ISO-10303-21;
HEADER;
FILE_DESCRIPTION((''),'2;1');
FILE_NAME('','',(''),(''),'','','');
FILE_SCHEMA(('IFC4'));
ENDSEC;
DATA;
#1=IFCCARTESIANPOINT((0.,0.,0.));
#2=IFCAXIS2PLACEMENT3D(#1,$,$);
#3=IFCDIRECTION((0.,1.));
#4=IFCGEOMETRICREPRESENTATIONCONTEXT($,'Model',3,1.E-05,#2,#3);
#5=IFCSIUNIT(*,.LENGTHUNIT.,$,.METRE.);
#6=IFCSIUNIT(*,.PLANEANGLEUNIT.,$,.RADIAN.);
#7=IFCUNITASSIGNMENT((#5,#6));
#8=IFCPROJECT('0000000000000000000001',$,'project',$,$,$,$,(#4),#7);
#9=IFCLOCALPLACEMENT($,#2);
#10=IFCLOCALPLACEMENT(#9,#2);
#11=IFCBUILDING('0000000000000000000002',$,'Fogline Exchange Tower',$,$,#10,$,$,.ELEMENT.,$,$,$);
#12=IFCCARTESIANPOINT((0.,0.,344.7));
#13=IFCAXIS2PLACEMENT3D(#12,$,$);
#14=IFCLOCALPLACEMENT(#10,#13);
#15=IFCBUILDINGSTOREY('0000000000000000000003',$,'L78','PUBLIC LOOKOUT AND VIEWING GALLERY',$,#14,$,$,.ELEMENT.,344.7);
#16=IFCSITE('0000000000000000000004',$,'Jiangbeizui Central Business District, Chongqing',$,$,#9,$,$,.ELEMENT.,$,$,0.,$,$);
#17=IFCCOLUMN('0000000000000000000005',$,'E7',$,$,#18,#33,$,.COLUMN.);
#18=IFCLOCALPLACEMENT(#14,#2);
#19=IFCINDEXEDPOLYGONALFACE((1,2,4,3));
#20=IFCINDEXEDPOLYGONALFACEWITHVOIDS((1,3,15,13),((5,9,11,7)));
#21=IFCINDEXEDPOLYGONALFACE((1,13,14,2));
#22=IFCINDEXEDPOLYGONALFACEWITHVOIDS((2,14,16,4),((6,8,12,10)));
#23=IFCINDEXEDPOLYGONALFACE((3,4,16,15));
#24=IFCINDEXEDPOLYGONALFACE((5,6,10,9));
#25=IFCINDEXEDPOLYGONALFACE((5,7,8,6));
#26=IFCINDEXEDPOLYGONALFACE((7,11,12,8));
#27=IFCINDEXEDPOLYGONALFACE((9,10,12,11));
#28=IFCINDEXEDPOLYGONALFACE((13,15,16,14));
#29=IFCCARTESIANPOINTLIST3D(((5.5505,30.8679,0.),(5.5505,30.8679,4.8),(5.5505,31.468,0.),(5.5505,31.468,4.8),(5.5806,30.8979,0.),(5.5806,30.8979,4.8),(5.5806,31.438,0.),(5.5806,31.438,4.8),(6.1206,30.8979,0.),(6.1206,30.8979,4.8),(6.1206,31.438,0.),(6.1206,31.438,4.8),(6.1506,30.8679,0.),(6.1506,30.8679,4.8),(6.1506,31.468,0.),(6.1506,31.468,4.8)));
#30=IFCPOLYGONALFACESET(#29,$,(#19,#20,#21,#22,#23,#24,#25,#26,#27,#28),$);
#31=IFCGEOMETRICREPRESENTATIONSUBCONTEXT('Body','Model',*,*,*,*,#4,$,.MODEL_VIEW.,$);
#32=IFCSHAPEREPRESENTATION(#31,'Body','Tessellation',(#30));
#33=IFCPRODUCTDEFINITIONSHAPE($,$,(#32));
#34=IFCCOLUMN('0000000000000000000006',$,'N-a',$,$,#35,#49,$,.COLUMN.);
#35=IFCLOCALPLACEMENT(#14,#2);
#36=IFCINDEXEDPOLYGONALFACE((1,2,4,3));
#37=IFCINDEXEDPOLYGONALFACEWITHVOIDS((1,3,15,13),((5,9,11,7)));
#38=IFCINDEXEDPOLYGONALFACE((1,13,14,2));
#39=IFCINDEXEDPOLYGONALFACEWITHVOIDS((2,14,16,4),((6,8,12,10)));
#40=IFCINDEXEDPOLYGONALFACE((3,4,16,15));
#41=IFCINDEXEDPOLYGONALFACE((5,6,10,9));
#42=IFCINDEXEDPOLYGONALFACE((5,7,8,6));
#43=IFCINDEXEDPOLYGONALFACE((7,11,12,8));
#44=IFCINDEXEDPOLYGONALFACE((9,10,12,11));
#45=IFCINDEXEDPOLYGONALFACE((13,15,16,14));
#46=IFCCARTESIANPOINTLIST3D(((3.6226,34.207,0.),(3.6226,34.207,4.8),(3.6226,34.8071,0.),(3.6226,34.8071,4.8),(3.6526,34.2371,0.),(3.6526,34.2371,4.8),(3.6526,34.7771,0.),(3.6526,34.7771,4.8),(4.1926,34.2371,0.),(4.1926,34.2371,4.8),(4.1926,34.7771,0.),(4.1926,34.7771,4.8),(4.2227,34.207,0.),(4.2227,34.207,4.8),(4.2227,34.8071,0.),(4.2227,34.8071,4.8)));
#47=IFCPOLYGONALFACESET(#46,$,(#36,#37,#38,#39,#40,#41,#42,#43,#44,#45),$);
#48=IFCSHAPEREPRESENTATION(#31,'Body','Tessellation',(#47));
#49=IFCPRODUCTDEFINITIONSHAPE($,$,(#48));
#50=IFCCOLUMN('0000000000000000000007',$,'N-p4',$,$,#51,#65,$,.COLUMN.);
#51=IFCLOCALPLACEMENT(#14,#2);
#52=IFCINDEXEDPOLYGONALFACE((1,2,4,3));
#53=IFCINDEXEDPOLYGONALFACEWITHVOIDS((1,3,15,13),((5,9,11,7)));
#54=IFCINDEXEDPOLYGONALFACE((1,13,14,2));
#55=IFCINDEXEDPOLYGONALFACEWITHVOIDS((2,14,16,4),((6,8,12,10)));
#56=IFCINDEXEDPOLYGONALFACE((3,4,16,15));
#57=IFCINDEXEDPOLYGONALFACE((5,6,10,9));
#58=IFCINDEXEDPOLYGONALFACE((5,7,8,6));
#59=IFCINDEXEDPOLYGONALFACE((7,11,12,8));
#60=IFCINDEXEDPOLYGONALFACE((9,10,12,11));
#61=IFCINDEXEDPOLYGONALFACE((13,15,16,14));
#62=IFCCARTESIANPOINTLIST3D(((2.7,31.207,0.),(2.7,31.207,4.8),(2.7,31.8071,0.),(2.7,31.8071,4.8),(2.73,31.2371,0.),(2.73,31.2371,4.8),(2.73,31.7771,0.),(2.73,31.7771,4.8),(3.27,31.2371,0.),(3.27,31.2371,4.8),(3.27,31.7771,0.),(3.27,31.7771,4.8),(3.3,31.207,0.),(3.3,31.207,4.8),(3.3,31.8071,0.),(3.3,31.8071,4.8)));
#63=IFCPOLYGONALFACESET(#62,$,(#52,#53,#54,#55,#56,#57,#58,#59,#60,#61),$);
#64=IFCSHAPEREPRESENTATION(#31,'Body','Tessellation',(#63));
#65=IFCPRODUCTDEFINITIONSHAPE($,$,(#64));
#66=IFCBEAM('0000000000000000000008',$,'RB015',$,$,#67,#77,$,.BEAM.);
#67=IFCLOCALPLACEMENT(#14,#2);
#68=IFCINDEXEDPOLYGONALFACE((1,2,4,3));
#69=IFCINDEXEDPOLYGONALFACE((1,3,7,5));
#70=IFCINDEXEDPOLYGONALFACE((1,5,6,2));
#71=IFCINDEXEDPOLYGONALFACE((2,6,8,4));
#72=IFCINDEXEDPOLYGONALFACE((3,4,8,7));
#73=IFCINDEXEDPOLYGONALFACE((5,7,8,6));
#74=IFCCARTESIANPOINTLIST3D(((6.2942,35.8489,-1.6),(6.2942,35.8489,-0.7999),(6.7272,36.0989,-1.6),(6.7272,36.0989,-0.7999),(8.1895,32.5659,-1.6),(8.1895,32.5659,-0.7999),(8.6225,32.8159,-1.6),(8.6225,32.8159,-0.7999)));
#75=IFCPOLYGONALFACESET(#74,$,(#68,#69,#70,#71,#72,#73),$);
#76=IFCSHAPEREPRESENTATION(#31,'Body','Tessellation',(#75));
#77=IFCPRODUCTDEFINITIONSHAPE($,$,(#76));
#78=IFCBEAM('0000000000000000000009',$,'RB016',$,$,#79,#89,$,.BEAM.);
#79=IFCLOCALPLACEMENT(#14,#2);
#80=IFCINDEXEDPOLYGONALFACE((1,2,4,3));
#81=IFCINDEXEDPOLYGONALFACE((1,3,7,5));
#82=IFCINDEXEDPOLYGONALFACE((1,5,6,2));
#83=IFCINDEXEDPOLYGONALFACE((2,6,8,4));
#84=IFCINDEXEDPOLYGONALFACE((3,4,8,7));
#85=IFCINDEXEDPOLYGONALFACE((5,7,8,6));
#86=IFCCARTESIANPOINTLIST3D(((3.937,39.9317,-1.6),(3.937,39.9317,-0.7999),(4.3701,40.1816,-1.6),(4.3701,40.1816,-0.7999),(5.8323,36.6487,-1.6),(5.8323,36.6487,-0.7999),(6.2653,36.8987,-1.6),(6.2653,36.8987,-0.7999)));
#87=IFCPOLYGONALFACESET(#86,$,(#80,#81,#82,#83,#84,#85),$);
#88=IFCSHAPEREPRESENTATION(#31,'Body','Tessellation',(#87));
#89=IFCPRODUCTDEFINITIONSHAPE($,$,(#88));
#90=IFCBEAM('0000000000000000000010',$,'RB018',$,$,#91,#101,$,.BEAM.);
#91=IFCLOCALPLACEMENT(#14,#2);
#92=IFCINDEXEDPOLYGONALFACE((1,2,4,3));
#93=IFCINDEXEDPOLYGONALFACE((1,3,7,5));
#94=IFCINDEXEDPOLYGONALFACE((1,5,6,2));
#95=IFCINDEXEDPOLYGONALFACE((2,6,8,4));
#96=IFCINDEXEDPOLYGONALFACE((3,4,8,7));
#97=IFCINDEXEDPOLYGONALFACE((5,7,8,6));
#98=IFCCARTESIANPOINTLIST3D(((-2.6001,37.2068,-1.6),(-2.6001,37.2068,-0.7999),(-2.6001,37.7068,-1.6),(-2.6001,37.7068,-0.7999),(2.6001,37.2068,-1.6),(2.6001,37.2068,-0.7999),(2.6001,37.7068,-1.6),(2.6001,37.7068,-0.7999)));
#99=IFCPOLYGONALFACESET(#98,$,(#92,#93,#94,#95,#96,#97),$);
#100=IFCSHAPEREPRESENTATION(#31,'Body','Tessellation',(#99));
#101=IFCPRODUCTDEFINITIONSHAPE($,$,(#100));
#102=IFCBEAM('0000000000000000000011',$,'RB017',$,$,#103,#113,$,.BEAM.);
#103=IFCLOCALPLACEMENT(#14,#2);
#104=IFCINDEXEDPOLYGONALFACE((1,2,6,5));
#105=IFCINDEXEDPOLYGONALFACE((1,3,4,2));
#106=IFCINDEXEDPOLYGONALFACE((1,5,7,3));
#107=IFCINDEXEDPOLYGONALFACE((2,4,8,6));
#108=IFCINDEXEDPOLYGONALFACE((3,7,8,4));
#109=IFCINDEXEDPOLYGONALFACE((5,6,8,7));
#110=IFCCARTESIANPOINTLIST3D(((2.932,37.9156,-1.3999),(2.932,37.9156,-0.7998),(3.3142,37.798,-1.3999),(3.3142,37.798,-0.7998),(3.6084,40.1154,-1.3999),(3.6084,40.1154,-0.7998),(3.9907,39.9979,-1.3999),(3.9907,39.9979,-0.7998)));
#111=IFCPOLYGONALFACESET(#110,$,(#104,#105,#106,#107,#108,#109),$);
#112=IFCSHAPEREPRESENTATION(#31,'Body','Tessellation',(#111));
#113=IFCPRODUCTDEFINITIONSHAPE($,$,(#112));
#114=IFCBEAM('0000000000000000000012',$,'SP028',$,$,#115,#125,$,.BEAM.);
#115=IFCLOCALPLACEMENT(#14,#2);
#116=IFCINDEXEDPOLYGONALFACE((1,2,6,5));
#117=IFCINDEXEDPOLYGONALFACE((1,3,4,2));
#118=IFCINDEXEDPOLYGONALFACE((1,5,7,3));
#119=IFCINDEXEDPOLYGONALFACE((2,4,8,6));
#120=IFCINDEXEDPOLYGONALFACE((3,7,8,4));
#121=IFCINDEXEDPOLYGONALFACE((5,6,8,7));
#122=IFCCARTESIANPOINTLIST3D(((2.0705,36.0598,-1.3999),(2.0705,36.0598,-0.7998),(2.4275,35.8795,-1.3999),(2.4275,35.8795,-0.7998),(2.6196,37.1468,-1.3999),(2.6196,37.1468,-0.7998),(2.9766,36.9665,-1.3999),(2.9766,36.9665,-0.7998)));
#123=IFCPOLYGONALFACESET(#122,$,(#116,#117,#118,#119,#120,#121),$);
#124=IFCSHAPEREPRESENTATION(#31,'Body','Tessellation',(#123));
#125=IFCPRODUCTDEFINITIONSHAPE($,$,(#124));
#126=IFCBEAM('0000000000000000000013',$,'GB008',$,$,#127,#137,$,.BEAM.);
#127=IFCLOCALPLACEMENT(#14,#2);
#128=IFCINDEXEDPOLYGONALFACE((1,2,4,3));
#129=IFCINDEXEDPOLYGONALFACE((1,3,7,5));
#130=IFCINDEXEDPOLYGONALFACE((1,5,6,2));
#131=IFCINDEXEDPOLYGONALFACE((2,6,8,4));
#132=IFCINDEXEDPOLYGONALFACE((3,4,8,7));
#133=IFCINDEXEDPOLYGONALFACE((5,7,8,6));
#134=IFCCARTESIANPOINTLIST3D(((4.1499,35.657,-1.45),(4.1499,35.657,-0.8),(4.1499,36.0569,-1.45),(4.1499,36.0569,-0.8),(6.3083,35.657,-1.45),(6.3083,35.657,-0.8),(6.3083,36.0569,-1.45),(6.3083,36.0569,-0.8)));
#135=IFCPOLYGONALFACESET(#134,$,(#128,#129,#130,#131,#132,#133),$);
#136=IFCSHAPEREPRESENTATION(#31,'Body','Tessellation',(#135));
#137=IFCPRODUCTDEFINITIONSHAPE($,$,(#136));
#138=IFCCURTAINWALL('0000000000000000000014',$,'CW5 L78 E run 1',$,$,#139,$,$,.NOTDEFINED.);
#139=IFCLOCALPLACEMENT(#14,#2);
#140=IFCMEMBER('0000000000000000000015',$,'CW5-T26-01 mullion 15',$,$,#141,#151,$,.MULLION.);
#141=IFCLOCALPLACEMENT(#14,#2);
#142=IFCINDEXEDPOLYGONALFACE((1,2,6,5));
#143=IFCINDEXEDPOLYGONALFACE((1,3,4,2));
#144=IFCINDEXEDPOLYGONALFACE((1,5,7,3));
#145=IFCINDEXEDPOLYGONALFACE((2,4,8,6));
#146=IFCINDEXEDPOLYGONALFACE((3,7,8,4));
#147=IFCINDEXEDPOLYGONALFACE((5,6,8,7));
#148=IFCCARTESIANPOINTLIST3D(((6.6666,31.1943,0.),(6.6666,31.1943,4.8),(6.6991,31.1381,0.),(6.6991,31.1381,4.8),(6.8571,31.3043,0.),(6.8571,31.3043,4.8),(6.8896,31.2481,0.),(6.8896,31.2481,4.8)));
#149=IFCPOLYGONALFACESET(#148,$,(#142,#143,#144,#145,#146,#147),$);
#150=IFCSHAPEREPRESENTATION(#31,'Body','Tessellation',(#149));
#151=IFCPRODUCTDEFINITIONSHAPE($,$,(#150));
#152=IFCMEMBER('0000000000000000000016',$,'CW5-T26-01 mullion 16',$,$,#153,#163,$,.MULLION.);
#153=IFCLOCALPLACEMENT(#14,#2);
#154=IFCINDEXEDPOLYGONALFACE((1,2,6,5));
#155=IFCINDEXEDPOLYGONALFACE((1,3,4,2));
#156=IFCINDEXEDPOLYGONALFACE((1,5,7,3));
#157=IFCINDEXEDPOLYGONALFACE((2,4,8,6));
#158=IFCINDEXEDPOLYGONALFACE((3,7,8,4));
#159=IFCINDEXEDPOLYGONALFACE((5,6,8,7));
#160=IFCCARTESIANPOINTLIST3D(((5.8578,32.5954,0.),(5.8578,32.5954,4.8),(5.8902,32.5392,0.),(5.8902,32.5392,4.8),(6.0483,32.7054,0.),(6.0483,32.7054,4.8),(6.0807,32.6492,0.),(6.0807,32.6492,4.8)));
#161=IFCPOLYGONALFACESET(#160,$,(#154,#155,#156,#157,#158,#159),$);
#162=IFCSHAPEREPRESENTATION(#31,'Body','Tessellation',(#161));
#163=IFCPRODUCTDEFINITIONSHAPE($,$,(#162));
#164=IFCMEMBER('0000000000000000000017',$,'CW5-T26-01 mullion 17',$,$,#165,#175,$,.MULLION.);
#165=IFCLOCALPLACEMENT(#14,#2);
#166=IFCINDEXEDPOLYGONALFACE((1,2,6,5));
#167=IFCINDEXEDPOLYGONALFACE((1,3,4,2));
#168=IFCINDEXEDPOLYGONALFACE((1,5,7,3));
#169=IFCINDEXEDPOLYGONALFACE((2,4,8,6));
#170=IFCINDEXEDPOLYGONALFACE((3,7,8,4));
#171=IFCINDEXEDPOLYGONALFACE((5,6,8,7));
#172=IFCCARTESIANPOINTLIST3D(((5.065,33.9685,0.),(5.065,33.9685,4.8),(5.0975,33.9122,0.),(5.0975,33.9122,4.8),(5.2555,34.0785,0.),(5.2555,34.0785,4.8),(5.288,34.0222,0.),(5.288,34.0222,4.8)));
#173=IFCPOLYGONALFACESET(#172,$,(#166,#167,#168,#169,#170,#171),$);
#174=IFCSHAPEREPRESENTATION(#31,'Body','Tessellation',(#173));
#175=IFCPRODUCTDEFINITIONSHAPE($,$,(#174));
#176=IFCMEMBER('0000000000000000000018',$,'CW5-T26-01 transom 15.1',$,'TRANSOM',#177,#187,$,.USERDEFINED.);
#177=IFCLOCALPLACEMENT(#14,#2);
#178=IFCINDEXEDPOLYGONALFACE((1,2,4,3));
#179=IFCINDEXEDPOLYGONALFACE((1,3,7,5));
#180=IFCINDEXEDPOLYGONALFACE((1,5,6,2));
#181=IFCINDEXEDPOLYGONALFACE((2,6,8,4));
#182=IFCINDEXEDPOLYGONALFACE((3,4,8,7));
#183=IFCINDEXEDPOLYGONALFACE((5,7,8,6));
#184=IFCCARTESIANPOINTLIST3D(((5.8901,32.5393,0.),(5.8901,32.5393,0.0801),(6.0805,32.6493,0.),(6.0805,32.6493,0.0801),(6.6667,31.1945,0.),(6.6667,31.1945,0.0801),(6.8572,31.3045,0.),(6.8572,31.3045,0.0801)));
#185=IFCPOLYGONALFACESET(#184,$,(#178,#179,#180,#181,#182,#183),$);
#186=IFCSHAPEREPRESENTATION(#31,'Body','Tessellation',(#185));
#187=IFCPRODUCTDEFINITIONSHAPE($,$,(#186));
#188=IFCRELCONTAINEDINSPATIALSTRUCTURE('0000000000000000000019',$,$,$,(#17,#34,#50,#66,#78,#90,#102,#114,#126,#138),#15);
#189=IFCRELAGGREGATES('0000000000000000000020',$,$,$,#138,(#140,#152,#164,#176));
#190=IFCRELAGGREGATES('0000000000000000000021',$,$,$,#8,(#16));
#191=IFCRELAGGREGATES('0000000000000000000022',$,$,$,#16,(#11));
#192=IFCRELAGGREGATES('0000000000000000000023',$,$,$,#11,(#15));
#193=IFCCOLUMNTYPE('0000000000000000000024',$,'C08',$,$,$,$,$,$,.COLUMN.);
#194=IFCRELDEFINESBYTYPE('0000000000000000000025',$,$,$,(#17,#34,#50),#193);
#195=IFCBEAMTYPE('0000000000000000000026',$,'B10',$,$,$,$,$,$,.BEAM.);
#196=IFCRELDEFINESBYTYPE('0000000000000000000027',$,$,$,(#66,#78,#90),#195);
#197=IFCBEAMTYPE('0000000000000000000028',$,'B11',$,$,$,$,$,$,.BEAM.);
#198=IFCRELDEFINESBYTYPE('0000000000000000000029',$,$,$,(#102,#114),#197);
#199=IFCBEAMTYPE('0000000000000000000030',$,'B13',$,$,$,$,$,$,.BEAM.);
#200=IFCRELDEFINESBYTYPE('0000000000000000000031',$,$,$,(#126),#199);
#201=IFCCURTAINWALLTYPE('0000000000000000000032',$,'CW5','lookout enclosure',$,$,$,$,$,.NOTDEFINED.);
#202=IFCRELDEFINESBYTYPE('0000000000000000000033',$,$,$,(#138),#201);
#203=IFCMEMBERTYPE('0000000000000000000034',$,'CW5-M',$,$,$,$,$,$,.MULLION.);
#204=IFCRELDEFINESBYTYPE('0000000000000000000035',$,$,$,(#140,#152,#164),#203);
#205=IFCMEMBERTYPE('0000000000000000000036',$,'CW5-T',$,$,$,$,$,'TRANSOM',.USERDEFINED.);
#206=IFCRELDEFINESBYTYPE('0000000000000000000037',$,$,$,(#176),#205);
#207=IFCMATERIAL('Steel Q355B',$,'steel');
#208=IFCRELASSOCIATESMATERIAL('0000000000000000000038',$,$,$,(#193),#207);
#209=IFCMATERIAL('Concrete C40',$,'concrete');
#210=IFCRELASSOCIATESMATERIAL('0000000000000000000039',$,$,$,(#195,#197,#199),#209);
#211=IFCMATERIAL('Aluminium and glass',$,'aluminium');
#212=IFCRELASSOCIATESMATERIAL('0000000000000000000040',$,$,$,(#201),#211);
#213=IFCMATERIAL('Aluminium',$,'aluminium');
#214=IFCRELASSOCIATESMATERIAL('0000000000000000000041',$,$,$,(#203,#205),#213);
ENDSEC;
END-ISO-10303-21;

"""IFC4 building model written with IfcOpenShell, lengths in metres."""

from ifc_helpers import new_model, si_unit, direction, frame, origin, origin_2d, place, context, subcontext, project, spatial, rectangle, hollow_rectangle, extrude, material, material_profile, profile_set, type_object, element, aggregate, save


model = new_model("IFC4")

# Units and contexts
model_context = context("Model", 3, precision=1e-05, world=origin(), true_north=direction((0.0, 1.0)))
body_context = subcontext(model_context, "Body", "Model", "MODEL_VIEW")
ifc_project = project(units=[si_unit("LENGTHUNIT", "METRE"), si_unit("PLANEANGLEUNIT", "RADIAN")], contexts=[model_context])

# Site, building, storey
site_placement = place(None, origin())
site = spatial("IfcSite", under=ifc_project, at=site_placement, Name="Jiangbeizui Central Business District, Chongqing", CompositionType="ELEMENT", RefElevation=0.0)
building_placement = place(site_placement, origin())
building = spatial("IfcBuilding", under=site, at=building_placement, Name="Fogline Exchange Tower", CompositionType="ELEMENT")
storey_placement = place(building_placement, frame((0.0, 0.0, 344.7)))
storey = spatial("IfcBuildingStorey", under=building, at=storey_placement, Name="L78", Description="PUBLIC LOOKOUT AND VIEWING GALLERY", CompositionType="ELEMENT", Elevation=344.7)

# Columns
ifc_material_1 = material(Name="Steel Q355B", Category="steel")
ifc_material_profile_1 = material_profile(ifc_material_1, hollow_rectangle(XDim=0.6001, YDim=0.6001, WallThickness=0.03, at=origin_2d()), Name="BOX600X600X30")
ifc_profile_set_1 = profile_set([ifc_material_profile_1], Name="Steel Q355B")
column_type = type_object("IfcColumnType", Name="C08", PredefinedType="COLUMN", material=ifc_profile_set_1)
for number, where, z_axis, x_axis, name in (
    (1, (5.8506, 31.168, 0.0), (0.0, 0.0, 1.0), (1.0, 0.0, 0.0), "E7"),
    (2, (3.9226, 34.5071, 0.0), (0.0, 0.0, 1.0), (1.0, 0.0, 0.0), "N-a"),
    (3, (3.0, 31.5071, 0.0), (0.0, 0.0, 1.0), (1.0, 0.0, 0.0), "N-p4"),
):
    element("IfcColumn", number, at=place(storey_placement, frame(where, z_axis=z_axis, x_axis=x_axis)), inside=storey, type_object=column_type, Name=name, PredefinedType="COLUMN", context=body_context, shape_type="SweptSolid", body=[
        extrude(hollow_rectangle(XDim=0.6001, YDim=0.6001, WallThickness=0.03, at=origin_2d()), origin(), (0.0, 0.0, 1.0), 4.8),
    ])

# Beams
ifc_material_2 = material(Name="Concrete C40", Category="concrete")
ifc_material_profile_2 = material_profile(ifc_material_2, rectangle(XDim=0.5, YDim=0.8, at=origin_2d()), Name="RC 500x800")
ifc_profile_set_2 = profile_set([ifc_material_profile_2], Name="Concrete C40")
beam_type_1 = type_object("IfcBeamType", Name="B10", PredefinedType="BEAM", material=ifc_profile_set_2)
for number, where, z_axis, x_axis, name in (
    (4, (8.406, 32.6909, -1.2), (-0.49997, 0.866043, 0.0), (-0.866043, -0.49997, 0.0), "RB015"),
    (5, (6.0488, 36.7737, -1.2), (-0.49997, 0.866043, 0.0), (-0.866043, -0.49997, 0.0), "RB016"),
):
    element("IfcBeam", number, at=place(storey_placement, frame(where, z_axis=z_axis, x_axis=x_axis)), inside=storey, type_object=beam_type_1, Name=name, PredefinedType="BEAM", context=body_context, shape_type="SweptSolid", body=[
        extrude(rectangle(XDim=0.5, YDim=0.8, at=origin_2d()), origin(), (0.0, 0.0, 1.0), 3.7908),
    ])
beam_1_placement = place(storey_placement, frame((2.6001, 37.4568, -1.2), z_axis=(-1.0, 0.0, 0.0), x_axis=(0.0, -1.0, 0.0)))
element("IfcBeam", 6, at=beam_1_placement, inside=storey, type_object=beam_type_1, Name="RB018", PredefinedType="BEAM", context=body_context, shape_type="SweptSolid", body=[
    extrude(rectangle(XDim=0.5, YDim=0.8, at=origin_2d()), origin(), (0.0, 0.0, 1.0), 5.2002),
])
ifc_material_profile_3 = material_profile(ifc_material_2, rectangle(XDim=0.3999, YDim=0.6001, at=origin_2d()), Name="RC 400x600")
ifc_profile_set_3 = profile_set([ifc_material_profile_3], Name="Concrete C40")
beam_type_2 = type_object("IfcBeamType", Name="B11", PredefinedType="BEAM", material=ifc_profile_set_3)
beam_2_placement = place(storey_placement, frame((3.7996, 40.0566, -1.0999), z_axis=(-0.293929, -0.955827, 0.0), x_axis=(0.955827, -0.293929, 0.0)))
element("IfcBeam", 7, at=beam_2_placement, inside=storey, type_object=beam_type_2, Name="RB017", PredefinedType="BEAM", context=body_context, shape_type="SweptSolid", body=[
    extrude(rectangle(XDim=0.3999, YDim=0.6001, at=origin_2d()), origin(), (0.0, 0.0, 1.0), 2.3015),
])
beam_3_placement = place(storey_placement, frame((2.7981, 37.0566, -1.0999), z_axis=(-0.450899, -0.892575, 0.0), x_axis=(0.892575, -0.450899, 0.0)))
element("IfcBeam", 8, at=beam_3_placement, inside=storey, type_object=beam_type_2, Name="SP028", PredefinedType="BEAM", context=body_context, shape_type="SweptSolid", body=[
    extrude(rectangle(XDim=0.3999, YDim=0.6001, at=origin_2d()), origin(), (0.0, 0.0, 1.0), 1.2178),
])
ifc_material_profile_4 = material_profile(ifc_material_2, rectangle(XDim=0.3999, YDim=0.6499, at=origin_2d()), Name="RC 400x650")
ifc_profile_set_4 = profile_set([ifc_material_profile_4], Name="Concrete C40")
beam_type_3 = type_object("IfcBeamType", Name="B13", PredefinedType="BEAM", material=ifc_profile_set_4)
beam_4_placement = place(storey_placement, frame((4.1499, 35.8569, -1.125), z_axis=(1.0, 0.0, 0.0), x_axis=(0.0, 1.0, 0.0)))
element("IfcBeam", 9, at=beam_4_placement, inside=storey, type_object=beam_type_3, Name="GB008", PredefinedType="BEAM", context=body_context, shape_type="SweptSolid", body=[
    extrude(rectangle(XDim=0.3999, YDim=0.6499, at=origin_2d()), origin(), (0.0, 0.0, 1.0), 2.1584),
])

# Curtain wall, members
ifc_material_3 = material(Name="Aluminium and glass", Category="aluminium")
curtain_wall_type = type_object("IfcCurtainWallType", Name="CW5", Description="lookout enclosure", PredefinedType="NOTDEFINED", material=ifc_material_3)
curtain_wall_placement = place(storey_placement, origin())
curtain_wall = element("IfcCurtainWall", 10, at=curtain_wall_placement, inside=storey, type_object=curtain_wall_type, Name="CW5 L78 E run 1", PredefinedType="NOTDEFINED")
ifc_material_4 = material(Name="Aluminium", Category="aluminium")
ifc_material_profile_5 = material_profile(ifc_material_4, rectangle(XDim=0.22, YDim=0.0649, at=origin_2d()), Name="Mullion 65x220")
ifc_profile_set_5 = profile_set([ifc_material_profile_5], Name="Aluminium")
member_type_1 = type_object("IfcMemberType", Name="CW5-M", PredefinedType="MULLION", material=ifc_profile_set_5)
member_1_placement = place(storey_placement, frame((6.7781, 31.2212, 0.0), z_axis=(0.0, 0.0, 1.0), x_axis=(-0.866025, -0.5, 0.0)))
member_1 = element("IfcMember", 11, at=member_1_placement, type_object=member_type_1, Name="CW5-T26-01 mullion 15", PredefinedType="MULLION", context=body_context, shape_type="SweptSolid", body=[
    extrude(rectangle(XDim=0.22, YDim=0.0649, at=origin_2d()), origin(), (0.0, 0.0, 1.0), 4.8),
])
member_2_placement = place(storey_placement, frame((5.9692, 32.6223, 0.0), z_axis=(0.0, 0.0, 1.0), x_axis=(-0.866025, -0.5, 0.0)))
member_2 = element("IfcMember", 12, at=member_2_placement, type_object=member_type_1, Name="CW5-T26-01 mullion 16", PredefinedType="MULLION", context=body_context, shape_type="SweptSolid", body=[
    extrude(rectangle(XDim=0.22, YDim=0.0649, at=origin_2d()), origin(), (0.0, 0.0, 1.0), 4.8),
])
member_3_placement = place(storey_placement, frame((5.1765, 33.9954, 0.0), z_axis=(0.0, 0.0, 1.0), x_axis=(-0.866025, -0.5, 0.0)))
member_3 = element("IfcMember", 13, at=member_3_placement, type_object=member_type_1, Name="CW5-T26-01 mullion 17", PredefinedType="MULLION", context=body_context, shape_type="SweptSolid", body=[
    extrude(rectangle(XDim=0.22, YDim=0.0649, at=origin_2d()), origin(), (0.0, 0.0, 1.0), 4.8),
])
ifc_material_profile_6 = material_profile(ifc_material_4, rectangle(XDim=0.22, YDim=0.0801, at=origin_2d()), Name="Transom 80x220")
ifc_profile_set_6 = profile_set([ifc_material_profile_6], Name="Aluminium")
member_type_2 = type_object("IfcMemberType", Name="CW5-T", ElementType="TRANSOM", PredefinedType="USERDEFINED", material=ifc_profile_set_6)
member_4_placement = place(storey_placement, frame((6.762, 31.2495, 0.04), z_axis=(-0.500113, 0.86596, 0.0), x_axis=(-0.86596, -0.500113, 0.0)))
member_4 = element("IfcMember", 14, at=member_4_placement, type_object=member_type_2, Name="CW5-T26-01 transom 15.1", ObjectType="TRANSOM", PredefinedType="USERDEFINED", context=body_context, shape_type="SweptSolid", body=[
    extrude(rectangle(XDim=0.22, YDim=0.0801, at=origin_2d()), origin(), (0.0, 0.0, 1.0), 1.553),
])
aggregate(curtain_wall, [member_1, member_2, member_3, member_4])

save(model, "model.ifc")
